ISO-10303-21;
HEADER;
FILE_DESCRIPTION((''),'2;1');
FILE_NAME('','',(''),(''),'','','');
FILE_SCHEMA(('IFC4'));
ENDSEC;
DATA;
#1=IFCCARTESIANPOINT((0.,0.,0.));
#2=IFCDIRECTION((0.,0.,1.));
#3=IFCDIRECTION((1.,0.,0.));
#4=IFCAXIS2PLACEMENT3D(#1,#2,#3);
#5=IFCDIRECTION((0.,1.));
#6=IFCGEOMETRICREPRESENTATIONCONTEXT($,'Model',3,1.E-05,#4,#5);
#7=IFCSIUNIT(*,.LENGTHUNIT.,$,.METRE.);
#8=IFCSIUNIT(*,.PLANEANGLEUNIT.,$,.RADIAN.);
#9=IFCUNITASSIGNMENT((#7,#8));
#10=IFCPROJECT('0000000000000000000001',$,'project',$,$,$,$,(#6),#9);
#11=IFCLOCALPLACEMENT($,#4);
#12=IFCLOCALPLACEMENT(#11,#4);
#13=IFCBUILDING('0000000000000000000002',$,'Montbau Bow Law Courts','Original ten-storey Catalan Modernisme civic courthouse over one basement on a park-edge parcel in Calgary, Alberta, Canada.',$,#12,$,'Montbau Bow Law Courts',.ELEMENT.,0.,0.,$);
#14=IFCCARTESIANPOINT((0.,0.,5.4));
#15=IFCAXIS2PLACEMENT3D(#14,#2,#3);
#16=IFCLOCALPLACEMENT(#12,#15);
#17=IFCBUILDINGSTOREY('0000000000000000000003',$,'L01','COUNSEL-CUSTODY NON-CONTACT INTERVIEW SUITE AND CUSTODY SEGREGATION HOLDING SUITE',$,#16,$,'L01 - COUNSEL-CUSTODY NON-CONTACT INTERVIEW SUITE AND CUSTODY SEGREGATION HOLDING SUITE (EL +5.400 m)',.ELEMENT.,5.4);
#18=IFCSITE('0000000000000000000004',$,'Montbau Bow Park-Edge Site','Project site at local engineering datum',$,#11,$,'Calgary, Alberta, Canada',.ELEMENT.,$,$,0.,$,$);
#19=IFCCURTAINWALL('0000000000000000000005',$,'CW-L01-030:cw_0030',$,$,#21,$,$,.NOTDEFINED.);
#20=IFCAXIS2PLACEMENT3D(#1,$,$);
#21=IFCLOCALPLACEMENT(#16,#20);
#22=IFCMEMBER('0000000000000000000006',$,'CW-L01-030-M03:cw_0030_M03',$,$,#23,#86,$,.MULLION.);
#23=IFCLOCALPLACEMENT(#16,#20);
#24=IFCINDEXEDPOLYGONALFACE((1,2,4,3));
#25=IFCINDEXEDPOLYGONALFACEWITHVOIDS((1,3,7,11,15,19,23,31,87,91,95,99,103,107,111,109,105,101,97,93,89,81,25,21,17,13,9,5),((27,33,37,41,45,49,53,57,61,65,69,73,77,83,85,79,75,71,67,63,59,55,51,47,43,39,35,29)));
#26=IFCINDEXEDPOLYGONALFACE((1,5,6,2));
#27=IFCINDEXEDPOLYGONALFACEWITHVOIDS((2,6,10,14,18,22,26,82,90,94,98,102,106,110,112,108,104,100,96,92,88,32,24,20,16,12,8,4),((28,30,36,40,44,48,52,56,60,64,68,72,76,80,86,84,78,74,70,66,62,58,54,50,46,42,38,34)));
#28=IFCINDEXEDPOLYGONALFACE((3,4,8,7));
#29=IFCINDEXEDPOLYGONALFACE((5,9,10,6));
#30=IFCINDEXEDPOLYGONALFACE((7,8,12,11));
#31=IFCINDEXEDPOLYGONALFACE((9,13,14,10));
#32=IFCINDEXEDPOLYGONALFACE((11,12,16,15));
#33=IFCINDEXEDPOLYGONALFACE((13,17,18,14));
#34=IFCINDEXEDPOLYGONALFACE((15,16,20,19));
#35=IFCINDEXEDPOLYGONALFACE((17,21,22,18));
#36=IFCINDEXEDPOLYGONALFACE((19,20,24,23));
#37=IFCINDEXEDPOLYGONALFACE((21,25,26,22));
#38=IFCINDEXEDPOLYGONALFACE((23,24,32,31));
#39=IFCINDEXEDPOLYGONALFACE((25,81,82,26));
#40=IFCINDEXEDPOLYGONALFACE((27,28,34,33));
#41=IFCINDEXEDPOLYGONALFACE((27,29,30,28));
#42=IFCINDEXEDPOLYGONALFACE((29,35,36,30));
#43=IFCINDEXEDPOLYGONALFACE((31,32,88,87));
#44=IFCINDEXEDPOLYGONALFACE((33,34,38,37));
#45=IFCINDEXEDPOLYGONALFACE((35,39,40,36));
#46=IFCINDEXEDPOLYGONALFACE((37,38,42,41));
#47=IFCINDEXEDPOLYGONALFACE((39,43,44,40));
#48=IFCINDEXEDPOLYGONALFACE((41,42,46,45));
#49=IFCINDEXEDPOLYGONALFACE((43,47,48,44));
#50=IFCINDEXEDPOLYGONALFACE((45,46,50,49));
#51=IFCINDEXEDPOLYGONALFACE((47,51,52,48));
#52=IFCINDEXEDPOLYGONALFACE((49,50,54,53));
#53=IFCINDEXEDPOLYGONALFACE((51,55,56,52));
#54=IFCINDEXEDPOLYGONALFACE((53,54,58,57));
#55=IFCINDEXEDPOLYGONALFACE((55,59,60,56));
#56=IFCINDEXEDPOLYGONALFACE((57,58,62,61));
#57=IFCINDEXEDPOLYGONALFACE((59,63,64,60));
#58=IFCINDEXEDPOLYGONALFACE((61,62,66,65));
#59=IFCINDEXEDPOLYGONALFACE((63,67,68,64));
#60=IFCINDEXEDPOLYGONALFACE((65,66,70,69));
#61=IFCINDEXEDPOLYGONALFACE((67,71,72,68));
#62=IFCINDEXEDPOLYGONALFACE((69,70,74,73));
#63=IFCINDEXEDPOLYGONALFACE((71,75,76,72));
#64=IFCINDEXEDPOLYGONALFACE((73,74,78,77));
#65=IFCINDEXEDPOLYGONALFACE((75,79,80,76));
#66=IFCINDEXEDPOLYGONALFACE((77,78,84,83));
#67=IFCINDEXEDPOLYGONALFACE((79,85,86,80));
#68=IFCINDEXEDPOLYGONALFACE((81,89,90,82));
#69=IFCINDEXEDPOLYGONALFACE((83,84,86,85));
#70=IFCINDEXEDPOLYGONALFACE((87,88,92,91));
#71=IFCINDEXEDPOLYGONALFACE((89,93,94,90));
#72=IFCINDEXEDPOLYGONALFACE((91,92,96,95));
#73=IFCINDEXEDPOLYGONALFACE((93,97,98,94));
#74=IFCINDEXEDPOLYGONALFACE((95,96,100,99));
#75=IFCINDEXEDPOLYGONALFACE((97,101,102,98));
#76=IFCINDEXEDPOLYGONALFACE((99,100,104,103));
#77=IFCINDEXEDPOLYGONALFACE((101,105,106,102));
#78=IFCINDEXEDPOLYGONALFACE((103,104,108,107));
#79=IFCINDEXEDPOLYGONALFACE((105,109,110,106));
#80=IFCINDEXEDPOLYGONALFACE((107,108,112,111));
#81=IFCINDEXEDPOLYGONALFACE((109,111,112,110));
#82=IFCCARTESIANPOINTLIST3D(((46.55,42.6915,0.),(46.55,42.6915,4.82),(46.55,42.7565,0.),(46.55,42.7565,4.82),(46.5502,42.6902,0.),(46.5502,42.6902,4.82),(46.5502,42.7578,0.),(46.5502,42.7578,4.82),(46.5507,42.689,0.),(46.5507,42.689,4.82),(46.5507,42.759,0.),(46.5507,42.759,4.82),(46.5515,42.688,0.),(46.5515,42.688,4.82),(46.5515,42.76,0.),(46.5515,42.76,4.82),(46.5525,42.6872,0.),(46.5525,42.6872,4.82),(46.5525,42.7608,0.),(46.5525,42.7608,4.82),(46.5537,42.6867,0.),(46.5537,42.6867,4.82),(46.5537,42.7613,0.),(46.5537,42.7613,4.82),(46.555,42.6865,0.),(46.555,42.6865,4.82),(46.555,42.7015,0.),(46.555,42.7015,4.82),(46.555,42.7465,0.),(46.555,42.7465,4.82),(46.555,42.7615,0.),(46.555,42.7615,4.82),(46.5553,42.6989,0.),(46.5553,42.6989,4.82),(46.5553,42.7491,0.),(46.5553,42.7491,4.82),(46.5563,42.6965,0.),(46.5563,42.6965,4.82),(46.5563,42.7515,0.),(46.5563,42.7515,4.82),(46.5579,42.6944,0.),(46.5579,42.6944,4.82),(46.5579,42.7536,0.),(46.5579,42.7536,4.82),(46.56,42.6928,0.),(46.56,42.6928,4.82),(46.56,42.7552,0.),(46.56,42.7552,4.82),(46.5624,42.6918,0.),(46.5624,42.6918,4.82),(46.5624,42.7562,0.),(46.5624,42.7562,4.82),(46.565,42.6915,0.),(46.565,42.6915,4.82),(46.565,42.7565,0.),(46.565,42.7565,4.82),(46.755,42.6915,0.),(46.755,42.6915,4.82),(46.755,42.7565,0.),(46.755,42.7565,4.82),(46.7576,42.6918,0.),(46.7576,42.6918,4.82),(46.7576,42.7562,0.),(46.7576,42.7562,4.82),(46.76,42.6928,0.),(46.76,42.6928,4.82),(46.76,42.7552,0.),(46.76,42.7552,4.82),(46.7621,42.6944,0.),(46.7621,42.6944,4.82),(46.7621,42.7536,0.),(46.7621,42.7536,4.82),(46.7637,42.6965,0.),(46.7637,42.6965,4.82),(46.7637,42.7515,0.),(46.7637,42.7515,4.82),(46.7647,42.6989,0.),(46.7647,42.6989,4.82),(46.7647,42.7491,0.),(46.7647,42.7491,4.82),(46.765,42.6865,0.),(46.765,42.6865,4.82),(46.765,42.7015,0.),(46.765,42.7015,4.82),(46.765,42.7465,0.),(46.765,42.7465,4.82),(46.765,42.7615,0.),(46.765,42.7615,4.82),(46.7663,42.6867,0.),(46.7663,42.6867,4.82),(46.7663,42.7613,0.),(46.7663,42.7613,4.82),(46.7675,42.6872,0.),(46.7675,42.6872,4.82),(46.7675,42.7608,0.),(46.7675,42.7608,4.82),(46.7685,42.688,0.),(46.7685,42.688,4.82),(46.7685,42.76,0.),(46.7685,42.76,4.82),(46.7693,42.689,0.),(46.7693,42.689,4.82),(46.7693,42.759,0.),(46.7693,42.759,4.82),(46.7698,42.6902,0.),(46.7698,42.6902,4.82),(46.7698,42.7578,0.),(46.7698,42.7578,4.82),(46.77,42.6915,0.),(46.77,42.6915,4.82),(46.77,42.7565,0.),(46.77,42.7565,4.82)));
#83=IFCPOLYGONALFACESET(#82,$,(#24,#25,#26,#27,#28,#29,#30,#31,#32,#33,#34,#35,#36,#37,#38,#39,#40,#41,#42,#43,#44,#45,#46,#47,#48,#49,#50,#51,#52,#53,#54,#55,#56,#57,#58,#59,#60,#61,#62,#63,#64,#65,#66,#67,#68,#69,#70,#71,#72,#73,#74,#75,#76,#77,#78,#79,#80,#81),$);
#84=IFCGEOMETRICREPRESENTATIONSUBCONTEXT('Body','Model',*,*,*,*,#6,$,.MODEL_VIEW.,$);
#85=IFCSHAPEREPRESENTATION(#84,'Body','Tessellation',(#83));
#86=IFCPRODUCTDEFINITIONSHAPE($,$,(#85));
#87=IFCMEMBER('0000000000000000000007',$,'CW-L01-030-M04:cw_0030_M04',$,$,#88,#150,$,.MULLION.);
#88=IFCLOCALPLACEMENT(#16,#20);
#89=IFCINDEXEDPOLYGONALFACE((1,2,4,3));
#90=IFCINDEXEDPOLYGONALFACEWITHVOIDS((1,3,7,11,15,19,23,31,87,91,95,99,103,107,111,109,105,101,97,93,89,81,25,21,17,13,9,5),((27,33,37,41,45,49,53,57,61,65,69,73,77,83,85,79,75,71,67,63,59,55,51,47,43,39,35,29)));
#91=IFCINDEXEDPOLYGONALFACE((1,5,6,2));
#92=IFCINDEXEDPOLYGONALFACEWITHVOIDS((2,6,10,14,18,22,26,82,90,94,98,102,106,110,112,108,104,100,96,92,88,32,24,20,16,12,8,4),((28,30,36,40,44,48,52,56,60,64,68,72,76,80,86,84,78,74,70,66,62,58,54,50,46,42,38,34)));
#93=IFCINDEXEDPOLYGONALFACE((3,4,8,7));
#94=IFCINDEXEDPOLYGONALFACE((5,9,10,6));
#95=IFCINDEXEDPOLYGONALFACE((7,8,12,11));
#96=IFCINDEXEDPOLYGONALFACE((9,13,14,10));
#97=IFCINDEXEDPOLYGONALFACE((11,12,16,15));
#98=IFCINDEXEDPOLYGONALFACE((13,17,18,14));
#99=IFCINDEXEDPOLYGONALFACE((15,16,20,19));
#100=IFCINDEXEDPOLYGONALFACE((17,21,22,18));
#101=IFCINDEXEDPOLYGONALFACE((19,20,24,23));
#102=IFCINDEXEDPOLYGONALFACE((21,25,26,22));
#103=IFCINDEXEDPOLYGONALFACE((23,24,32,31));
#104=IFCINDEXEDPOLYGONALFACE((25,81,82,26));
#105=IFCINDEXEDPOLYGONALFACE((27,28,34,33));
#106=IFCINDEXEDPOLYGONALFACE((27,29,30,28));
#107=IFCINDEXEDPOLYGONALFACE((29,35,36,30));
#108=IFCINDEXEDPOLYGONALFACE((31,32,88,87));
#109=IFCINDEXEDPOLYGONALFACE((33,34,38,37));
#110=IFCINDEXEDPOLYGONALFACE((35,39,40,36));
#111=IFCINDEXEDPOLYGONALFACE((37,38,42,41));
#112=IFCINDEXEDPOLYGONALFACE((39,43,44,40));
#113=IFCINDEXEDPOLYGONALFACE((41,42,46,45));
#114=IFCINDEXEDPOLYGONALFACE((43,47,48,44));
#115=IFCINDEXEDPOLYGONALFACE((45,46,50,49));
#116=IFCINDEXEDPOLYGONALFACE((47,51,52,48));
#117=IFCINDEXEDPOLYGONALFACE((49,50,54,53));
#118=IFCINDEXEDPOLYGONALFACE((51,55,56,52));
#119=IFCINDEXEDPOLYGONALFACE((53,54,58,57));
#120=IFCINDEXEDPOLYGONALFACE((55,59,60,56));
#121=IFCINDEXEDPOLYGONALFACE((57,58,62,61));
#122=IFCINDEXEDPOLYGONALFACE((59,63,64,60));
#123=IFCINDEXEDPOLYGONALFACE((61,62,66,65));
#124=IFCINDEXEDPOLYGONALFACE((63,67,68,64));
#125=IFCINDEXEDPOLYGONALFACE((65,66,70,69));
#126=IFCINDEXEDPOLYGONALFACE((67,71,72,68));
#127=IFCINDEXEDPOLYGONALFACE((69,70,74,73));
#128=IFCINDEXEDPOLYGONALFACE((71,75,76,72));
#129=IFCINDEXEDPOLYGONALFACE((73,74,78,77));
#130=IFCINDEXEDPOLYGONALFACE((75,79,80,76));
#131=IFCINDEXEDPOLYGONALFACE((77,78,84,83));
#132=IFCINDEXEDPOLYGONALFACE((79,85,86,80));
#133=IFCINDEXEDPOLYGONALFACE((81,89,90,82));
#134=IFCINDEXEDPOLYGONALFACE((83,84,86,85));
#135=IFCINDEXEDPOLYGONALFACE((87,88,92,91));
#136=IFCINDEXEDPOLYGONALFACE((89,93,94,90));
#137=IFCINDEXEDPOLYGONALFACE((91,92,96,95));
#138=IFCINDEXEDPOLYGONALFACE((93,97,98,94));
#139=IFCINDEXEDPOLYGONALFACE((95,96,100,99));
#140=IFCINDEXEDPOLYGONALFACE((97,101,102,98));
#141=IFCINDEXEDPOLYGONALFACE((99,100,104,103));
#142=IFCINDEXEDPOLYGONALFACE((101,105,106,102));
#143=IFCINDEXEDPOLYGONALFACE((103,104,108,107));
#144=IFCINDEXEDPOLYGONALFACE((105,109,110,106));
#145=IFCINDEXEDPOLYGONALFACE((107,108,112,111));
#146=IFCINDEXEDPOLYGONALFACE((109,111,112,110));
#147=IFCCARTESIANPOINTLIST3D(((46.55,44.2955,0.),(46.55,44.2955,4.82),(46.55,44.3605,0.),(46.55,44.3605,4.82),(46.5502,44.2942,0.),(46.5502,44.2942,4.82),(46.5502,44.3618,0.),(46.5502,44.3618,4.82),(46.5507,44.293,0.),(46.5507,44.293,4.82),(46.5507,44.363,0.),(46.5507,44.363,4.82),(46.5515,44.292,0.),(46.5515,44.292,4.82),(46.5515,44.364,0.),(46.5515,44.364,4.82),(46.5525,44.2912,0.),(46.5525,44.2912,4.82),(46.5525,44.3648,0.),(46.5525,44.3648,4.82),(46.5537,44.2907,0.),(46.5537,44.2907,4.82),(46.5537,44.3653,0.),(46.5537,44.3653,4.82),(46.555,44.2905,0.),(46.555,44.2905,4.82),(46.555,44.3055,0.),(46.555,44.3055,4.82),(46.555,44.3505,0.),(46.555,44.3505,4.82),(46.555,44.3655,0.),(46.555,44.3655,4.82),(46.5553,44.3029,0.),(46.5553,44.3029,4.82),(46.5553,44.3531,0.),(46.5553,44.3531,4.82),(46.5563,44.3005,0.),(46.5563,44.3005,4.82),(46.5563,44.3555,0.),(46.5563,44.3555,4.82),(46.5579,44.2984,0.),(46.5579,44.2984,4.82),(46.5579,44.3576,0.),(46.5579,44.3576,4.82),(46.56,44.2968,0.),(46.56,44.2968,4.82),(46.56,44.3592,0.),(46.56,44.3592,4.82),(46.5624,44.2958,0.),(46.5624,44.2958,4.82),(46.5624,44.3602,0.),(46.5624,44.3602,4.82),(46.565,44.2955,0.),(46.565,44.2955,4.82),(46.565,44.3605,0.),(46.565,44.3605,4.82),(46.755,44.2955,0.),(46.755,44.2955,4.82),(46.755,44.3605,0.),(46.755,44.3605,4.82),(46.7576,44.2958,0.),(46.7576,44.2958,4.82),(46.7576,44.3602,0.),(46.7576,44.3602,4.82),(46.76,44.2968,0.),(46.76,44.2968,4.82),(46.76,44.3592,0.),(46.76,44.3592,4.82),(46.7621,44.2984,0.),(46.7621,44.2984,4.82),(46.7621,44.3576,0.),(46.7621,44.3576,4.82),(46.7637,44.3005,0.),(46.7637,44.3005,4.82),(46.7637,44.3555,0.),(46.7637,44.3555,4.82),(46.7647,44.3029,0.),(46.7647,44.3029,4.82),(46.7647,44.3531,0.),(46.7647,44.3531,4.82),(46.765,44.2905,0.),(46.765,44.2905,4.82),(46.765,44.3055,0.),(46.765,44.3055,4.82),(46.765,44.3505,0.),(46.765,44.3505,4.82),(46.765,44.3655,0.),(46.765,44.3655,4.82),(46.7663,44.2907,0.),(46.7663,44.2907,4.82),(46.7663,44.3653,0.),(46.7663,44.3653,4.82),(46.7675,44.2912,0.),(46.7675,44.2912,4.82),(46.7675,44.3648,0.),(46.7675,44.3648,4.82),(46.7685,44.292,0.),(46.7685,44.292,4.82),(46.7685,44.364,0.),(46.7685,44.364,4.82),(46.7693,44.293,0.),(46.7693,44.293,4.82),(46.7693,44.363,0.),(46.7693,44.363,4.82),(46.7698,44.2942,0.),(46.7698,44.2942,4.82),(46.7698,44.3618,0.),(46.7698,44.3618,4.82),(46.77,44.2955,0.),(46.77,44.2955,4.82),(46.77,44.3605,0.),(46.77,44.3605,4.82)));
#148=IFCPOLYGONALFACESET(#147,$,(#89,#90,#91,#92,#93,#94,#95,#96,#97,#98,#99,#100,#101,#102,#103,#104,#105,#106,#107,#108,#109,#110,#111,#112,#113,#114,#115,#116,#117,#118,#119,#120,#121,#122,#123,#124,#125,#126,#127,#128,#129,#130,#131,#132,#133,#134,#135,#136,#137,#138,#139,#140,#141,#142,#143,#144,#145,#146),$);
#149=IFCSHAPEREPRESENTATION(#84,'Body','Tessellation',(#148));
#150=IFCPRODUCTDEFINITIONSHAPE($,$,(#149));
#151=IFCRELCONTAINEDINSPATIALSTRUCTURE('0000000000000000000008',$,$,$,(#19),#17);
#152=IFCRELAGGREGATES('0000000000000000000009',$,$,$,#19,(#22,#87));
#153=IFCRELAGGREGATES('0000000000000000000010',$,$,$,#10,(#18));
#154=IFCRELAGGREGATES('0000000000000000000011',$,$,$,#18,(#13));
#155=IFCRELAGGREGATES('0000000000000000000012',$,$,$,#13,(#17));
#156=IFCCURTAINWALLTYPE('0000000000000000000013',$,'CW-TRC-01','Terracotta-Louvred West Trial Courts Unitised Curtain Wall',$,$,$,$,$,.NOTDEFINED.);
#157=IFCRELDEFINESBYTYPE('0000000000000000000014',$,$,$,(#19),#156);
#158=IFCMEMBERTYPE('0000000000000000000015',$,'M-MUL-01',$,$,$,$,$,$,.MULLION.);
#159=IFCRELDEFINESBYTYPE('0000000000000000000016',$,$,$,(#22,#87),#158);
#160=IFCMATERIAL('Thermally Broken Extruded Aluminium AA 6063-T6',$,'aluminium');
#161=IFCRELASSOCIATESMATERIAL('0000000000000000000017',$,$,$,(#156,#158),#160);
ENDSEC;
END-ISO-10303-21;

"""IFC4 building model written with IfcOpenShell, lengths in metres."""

from ifc_helpers import new_model, si_unit, direction, frame, origin_with_axes, origin_2d_with_axis, place, context, subcontext, project, spatial, hollow_rectangle, extrude, material, material_profile, profile_set, type_object, element, aggregate, save


model = new_model("IFC4")

# Units and contexts
model_context = context("Model", 3, precision=1e-05, world=origin_with_axes(), true_north=direction((0.0, 1.0)))
body_context = subcontext(model_context, "Body", "Model", "MODEL_VIEW")
ifc_project = project(units=[si_unit("LENGTHUNIT", "METRE"), si_unit("PLANEANGLEUNIT", "RADIAN")], contexts=[model_context])

# Site, building, storey
site_placement = place(None, origin_with_axes())
site = spatial("IfcSite", under=ifc_project, at=site_placement, Name="Montbau Bow Park-Edge Site", Description="Project site at local engineering datum", LongName="Calgary, Alberta, Canada", CompositionType="ELEMENT", RefElevation=0.0)
building_placement = place(site_placement, origin_with_axes())
building = spatial("IfcBuilding", under=site, at=building_placement, Name="Montbau Bow Law Courts", Description="Original ten-storey Catalan Modernisme civic courthouse over one basement on a park-edge parcel in Calgary, Alberta, Canada.", LongName="Montbau Bow Law Courts", CompositionType="ELEMENT", ElevationOfRefHeight=0.0, ElevationOfTerrain=0.0)
storey_placement = place(building_placement, frame((0.0, 0.0, 5.4), z_axis=(0.0, 0.0, 1.0), x_axis=(1.0, 0.0, 0.0)))
storey = spatial("IfcBuildingStorey", under=building, at=storey_placement, Name="L01", Description="COUNSEL-CUSTODY NON-CONTACT INTERVIEW SUITE AND CUSTODY SEGREGATION HOLDING SUITE", LongName="L01 - COUNSEL-CUSTODY NON-CONTACT INTERVIEW SUITE AND CUSTODY SEGREGATION HOLDING SUITE (EL +5.400 m)", CompositionType="ELEMENT", Elevation=5.4)

# Curtain wall, members
ifc_material_1 = material(Name="Thermally Broken Extruded Aluminium AA 6063-T6", Category="aluminium")
curtain_wall_type_1 = type_object("IfcCurtainWallType", Name="CW-TRC-01", Description="Terracotta-Louvred West Trial Courts Unitised Curtain Wall", PredefinedType="NOTDEFINED", material=ifc_material_1)
curtain_wall_1_placement = place(None, frame((46.66, 39.515, 5.4), z_axis=(0.0, 0.0, 1.0), x_axis=(1.0, 0.0, 0.0)))
curtain_wall_1 = element("IfcCurtainWall", 1, at=curtain_wall_1_placement, inside=storey, type_object=curtain_wall_type_1, Name="CW-L01-030:cw_0030", PredefinedType="NOTDEFINED")
ifc_material_profile_1 = material_profile(ifc_material_1, hollow_rectangle(XDim=0.075, YDim=0.22, WallThickness=0.005, InnerFilletRadius=0.01, OuterFilletRadius=0.005, at=origin_2d_with_axis()), Name="CWM-220X75", Category="Main", Priority=0)
ifc_profile_set_1 = profile_set([ifc_material_profile_1], Name="Thermally Broken Extruded Aluminium AA 6063-T6")
member_type_1 = type_object("IfcMemberType", Name="M-MUL-01", PredefinedType="MULLION", material=ifc_profile_set_1)
member_1_placement = place(None, frame((46.66, 42.724, 5.4), z_axis=(0.0, 0.0, 1.0), x_axis=(0.0, 1.0, 0.0)))
member_1 = element("IfcMember", 2, at=member_1_placement, type_object=member_type_1, Name="CW-L01-030-M03:cw_0030_M03", PredefinedType="MULLION", context=body_context, shape_type="SweptSolid", body=[
    extrude(hollow_rectangle(XDim=0.075, YDim=0.22, WallThickness=0.005, InnerFilletRadius=0.01, OuterFilletRadius=0.005, at=origin_2d_with_axis()), origin_with_axes(), (0.0, 0.0, 1.0), 4.82),
])
member_2_placement = place(None, frame((46.66, 44.328, 5.4), z_axis=(0.0, 0.0, 1.0), x_axis=(0.0, 1.0, 0.0)))
member_2 = element("IfcMember", 3, at=member_2_placement, type_object=member_type_1, Name="CW-L01-030-M04:cw_0030_M04", PredefinedType="MULLION", context=body_context, shape_type="SweptSolid", body=[
    extrude(hollow_rectangle(XDim=0.075, YDim=0.22, WallThickness=0.005, InnerFilletRadius=0.01, OuterFilletRadius=0.005, at=origin_2d_with_axis()), origin_with_axes(), (0.0, 0.0, 1.0), 4.82),
])

aggregate(curtain_wall_1, [member_1, member_2])

save(model, "model.ifc")
